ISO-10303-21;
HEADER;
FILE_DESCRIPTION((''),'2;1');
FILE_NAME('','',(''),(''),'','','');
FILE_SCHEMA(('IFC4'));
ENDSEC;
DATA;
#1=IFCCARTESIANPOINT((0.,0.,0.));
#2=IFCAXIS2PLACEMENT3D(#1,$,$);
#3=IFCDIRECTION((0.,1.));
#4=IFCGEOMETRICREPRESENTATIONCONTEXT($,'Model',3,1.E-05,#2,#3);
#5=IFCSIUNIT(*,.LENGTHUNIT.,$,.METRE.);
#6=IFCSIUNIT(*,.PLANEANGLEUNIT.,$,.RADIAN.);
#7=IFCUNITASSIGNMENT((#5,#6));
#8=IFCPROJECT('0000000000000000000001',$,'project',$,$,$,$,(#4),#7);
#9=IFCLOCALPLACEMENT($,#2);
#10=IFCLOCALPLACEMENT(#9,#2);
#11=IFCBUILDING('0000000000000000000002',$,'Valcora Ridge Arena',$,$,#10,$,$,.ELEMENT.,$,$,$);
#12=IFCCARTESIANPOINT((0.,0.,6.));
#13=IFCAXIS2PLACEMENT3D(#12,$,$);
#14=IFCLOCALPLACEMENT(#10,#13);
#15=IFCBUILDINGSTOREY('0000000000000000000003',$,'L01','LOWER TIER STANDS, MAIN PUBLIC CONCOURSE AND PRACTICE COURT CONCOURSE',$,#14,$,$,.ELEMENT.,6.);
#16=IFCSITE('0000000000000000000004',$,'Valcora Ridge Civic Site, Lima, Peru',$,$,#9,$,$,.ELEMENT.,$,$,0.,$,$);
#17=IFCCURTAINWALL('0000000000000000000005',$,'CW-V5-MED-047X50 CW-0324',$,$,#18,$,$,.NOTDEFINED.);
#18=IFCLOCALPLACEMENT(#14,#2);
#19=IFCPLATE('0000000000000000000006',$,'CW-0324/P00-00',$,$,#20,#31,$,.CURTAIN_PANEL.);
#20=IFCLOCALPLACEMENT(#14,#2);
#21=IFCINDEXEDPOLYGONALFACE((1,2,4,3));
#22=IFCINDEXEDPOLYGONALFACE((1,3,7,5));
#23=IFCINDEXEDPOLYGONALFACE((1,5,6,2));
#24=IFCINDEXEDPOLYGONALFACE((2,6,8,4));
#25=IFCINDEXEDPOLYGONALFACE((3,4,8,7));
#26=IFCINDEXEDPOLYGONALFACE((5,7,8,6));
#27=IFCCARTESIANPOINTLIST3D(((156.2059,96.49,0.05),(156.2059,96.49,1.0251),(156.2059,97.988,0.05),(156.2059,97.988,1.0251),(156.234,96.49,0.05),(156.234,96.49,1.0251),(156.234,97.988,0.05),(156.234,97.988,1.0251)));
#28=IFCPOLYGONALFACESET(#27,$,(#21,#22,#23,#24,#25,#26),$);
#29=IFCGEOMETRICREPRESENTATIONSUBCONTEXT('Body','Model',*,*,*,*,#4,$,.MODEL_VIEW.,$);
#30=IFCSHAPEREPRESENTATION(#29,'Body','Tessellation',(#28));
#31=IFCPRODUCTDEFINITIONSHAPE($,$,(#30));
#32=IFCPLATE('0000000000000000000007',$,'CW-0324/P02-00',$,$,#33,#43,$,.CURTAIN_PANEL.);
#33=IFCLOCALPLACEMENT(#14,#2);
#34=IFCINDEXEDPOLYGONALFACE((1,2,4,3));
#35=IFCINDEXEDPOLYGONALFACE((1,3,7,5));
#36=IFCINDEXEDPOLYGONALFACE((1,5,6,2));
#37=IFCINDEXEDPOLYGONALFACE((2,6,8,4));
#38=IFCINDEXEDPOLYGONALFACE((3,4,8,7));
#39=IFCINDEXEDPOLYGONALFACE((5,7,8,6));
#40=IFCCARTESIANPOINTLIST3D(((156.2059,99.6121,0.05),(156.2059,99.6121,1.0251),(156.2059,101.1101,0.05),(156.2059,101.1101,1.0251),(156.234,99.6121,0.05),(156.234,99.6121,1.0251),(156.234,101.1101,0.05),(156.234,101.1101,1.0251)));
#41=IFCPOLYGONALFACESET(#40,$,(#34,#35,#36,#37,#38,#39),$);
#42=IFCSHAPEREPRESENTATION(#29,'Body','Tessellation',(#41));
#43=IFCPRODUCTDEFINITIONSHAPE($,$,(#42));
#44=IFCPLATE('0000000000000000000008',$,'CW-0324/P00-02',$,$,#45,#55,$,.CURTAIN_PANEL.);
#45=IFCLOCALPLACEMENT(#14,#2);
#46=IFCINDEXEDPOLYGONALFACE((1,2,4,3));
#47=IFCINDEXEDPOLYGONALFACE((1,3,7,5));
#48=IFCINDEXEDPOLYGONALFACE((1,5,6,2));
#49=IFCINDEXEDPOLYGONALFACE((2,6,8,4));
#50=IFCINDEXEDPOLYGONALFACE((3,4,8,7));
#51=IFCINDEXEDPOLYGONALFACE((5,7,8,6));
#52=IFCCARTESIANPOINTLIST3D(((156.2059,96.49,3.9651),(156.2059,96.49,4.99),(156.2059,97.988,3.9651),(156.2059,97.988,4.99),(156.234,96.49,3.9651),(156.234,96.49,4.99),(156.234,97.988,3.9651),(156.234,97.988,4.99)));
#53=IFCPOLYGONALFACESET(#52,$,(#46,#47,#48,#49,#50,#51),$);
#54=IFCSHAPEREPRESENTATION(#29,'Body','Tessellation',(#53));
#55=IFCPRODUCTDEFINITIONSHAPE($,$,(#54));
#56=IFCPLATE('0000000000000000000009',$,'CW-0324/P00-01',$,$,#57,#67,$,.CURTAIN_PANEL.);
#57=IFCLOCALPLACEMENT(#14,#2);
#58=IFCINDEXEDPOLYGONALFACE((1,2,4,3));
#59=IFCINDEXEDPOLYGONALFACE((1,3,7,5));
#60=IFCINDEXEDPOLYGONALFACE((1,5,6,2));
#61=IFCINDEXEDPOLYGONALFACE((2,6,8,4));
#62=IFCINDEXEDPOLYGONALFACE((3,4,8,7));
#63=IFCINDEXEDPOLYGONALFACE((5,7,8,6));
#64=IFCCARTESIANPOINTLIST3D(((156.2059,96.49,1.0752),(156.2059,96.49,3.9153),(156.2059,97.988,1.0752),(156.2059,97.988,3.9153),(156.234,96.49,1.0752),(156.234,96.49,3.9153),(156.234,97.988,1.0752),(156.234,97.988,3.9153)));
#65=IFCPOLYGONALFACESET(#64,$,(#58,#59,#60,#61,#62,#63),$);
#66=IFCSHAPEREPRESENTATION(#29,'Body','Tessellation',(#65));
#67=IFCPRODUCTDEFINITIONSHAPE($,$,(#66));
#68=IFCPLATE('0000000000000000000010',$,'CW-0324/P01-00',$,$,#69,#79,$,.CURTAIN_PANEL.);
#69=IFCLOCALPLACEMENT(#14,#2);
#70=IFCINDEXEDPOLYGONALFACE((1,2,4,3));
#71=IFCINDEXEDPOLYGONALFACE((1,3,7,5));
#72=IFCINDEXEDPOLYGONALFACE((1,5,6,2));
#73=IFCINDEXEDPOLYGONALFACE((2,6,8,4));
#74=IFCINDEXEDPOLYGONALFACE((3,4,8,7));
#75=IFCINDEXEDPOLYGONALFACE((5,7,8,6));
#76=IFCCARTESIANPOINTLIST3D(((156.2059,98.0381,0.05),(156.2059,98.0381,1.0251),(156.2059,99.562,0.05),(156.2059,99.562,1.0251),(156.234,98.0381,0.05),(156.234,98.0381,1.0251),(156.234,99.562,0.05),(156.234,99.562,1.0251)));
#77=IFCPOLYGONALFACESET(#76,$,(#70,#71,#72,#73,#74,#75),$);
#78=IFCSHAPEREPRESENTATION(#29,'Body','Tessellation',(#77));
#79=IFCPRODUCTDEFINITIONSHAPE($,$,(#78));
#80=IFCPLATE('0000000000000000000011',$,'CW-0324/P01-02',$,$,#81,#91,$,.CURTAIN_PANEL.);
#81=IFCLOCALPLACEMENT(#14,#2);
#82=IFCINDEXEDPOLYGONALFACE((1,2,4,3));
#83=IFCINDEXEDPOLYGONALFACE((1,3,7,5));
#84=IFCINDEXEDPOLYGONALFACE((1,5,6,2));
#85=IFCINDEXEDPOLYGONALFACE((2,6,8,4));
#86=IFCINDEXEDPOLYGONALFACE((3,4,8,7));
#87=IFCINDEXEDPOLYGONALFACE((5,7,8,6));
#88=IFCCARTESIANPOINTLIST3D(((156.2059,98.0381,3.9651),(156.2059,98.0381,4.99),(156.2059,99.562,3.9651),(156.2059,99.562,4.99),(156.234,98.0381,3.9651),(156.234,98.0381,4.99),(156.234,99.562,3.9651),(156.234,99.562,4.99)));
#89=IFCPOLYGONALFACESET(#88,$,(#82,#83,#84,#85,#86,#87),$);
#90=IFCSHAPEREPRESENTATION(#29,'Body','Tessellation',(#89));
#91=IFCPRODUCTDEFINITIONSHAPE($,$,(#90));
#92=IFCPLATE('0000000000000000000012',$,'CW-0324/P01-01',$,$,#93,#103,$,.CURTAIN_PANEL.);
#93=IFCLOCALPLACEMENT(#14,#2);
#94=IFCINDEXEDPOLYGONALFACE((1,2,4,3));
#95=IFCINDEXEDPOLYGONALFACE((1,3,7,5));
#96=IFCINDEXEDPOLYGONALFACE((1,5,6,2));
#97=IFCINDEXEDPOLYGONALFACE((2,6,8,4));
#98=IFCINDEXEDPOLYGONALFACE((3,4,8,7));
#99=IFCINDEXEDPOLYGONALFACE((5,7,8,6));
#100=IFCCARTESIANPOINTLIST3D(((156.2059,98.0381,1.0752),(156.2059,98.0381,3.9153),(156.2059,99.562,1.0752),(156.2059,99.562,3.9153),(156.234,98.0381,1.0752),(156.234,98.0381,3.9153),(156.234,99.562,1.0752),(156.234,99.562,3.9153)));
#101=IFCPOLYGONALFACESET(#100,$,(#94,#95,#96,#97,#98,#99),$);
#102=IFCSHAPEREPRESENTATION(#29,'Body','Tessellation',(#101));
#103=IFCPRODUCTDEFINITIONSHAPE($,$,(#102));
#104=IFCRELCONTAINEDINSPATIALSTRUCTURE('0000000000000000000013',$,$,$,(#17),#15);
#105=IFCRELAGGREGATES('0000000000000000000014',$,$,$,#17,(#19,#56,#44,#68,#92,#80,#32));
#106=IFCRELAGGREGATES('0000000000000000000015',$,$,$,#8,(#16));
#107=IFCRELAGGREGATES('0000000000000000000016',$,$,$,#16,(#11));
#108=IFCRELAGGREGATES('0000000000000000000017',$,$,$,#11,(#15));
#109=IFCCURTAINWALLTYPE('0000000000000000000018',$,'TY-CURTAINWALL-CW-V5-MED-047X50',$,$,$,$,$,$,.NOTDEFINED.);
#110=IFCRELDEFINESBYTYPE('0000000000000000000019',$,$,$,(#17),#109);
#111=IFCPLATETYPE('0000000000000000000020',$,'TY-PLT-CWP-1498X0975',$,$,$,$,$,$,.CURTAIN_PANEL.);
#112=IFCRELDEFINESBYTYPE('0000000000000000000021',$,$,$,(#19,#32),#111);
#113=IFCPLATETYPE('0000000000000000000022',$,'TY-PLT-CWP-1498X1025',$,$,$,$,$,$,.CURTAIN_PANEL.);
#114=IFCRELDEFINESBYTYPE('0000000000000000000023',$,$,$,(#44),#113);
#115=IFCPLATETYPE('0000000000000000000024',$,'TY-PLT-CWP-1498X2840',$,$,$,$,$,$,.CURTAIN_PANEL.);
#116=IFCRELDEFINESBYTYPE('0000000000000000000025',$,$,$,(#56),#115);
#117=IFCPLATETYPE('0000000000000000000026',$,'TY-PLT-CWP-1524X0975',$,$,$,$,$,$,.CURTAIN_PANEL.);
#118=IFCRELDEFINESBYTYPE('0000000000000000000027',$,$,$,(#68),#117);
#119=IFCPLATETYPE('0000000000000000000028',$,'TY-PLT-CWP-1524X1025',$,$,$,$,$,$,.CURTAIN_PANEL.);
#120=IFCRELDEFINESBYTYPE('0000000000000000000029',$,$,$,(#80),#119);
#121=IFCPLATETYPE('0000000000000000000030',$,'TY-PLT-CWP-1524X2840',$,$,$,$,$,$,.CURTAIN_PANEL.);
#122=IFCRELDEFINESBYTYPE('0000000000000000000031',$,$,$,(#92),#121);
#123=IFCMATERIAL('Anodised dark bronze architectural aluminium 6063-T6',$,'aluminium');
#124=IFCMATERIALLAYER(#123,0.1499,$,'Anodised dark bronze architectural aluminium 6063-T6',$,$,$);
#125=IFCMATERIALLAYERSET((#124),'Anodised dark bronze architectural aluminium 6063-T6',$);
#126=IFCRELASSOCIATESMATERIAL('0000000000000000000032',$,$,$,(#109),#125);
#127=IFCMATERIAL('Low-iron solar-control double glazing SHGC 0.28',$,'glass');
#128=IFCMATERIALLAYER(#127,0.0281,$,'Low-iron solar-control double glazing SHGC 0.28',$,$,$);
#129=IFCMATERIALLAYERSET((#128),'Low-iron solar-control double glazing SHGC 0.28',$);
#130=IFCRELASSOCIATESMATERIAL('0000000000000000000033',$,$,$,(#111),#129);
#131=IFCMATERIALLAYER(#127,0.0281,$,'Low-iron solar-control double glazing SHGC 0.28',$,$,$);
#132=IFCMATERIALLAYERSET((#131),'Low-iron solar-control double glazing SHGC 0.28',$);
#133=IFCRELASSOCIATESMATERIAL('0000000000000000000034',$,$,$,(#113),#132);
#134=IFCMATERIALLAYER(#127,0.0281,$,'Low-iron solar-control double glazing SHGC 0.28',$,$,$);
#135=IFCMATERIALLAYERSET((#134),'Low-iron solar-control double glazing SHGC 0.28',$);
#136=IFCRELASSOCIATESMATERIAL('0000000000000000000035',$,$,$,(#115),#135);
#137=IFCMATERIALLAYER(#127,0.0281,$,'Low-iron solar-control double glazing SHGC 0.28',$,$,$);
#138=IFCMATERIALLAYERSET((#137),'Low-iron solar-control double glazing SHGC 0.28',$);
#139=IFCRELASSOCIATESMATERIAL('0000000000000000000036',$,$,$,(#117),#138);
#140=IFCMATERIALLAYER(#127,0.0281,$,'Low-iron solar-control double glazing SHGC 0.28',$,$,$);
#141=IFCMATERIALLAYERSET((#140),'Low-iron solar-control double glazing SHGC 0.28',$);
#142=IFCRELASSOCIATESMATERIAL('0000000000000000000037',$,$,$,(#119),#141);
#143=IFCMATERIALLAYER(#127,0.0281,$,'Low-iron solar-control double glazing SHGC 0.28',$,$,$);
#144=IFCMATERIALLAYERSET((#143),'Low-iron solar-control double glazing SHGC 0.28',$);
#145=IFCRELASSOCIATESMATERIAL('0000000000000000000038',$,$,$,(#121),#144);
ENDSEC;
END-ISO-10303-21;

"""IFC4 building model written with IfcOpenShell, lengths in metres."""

from ifc_helpers import new_model, si_unit, direction, frame, origin, origin_2d, place, context, subcontext, project, spatial, rectangle, extrude, material, layer, layer_set, type_object, element, aggregate, save


model = new_model("IFC4")

# Units and contexts
model_context = context("Model", 3, precision=1e-05, world=origin(), true_north=direction((0.0, 1.0)))
body_context = subcontext(model_context, "Body", "Model", "MODEL_VIEW")
ifc_project = project(units=[si_unit("LENGTHUNIT", "METRE"), si_unit("PLANEANGLEUNIT", "RADIAN")], contexts=[model_context])

# Site, building, storey
site_placement = place(None, origin())
site = spatial("IfcSite", under=ifc_project, at=site_placement, Name="Valcora Ridge Civic Site, Lima, Peru", CompositionType="ELEMENT", RefElevation=0.0)
building_placement = place(site_placement, origin())
building = spatial("IfcBuilding", under=site, at=building_placement, Name="Valcora Ridge Arena", CompositionType="ELEMENT")
storey_placement = place(building_placement, frame((0.0, 0.0, 6.0)))
storey = spatial("IfcBuildingStorey", under=building, at=storey_placement, Name="L01", Description="LOWER TIER STANDS, MAIN PUBLIC CONCOURSE AND PRACTICE COURT CONCOURSE", CompositionType="ELEMENT", Elevation=6.0)

# Curtain wall, plates
ifc_material_1 = material(Name="Anodised dark bronze architectural aluminium 6063-T6", Category="aluminium")
ifc_layer_1 = layer(ifc_material_1, 0.1499, Name="Anodised dark bronze architectural aluminium 6063-T6")
ifc_layer_set_1 = layer_set([ifc_layer_1], Name="Anodised dark bronze architectural aluminium 6063-T6")
curtain_wall_type = type_object("IfcCurtainWallType", Name="TY-CURTAINWALL-CW-V5-MED-047X50", PredefinedType="NOTDEFINED", material=ifc_layer_set_1)
curtain_wall_placement = place(storey_placement, origin())
curtain_wall = element("IfcCurtainWall", 1, at=curtain_wall_placement, inside=storey, type_object=curtain_wall_type, Name="CW-V5-MED-047X50 CW-0324", PredefinedType="NOTDEFINED")
ifc_material_2 = material(Name="Low-iron solar-control double glazing SHGC 0.28", Category="glass")
ifc_layer_2 = layer(ifc_material_2, 0.0281, Name="Low-iron solar-control double glazing SHGC 0.28")
ifc_layer_set_2 = layer_set([ifc_layer_2], Name="Low-iron solar-control double glazing SHGC 0.28")
plate_type_1 = type_object("IfcPlateType", Name="TY-PLT-CWP-1498X0975", PredefinedType="CURTAIN_PANEL", material=ifc_layer_set_2)
plate_1_placement = place(storey_placement, frame((156.22, 97.239, 0.05), z_axis=(0.0, 0.0, 1.0), x_axis=(0.0, 1.0, 0.0)))
plate_1 = element("IfcPlate", 2, at=plate_1_placement, type_object=plate_type_1, Name="CW-0324/P00-00", PredefinedType="CURTAIN_PANEL", context=body_context, shape_type="SweptSolid", body=[
    extrude(rectangle(XDim=1.498, YDim=0.0281, at=origin_2d()), origin(), (0.0, 0.0, 1.0), 0.9751),
])
plate_2_placement = place(storey_placement, frame((156.22, 100.3611, 0.05), z_axis=(0.0, 0.0, 1.0), x_axis=(0.0, 1.0, 0.0)))
plate_2 = element("IfcPlate", 3, at=plate_2_placement, type_object=plate_type_1, Name="CW-0324/P02-00", PredefinedType="CURTAIN_PANEL", context=body_context, shape_type="SweptSolid", body=[
    extrude(rectangle(XDim=1.498, YDim=0.0281, at=origin_2d()), origin(), (0.0, 0.0, 1.0), 0.9751),
])
ifc_layer_3 = layer(ifc_material_2, 0.0281, Name="Low-iron solar-control double glazing SHGC 0.28")
ifc_layer_set_3 = layer_set([ifc_layer_3], Name="Low-iron solar-control double glazing SHGC 0.28")
plate_type_2 = type_object("IfcPlateType", Name="TY-PLT-CWP-1498X1025", PredefinedType="CURTAIN_PANEL", material=ifc_layer_set_3)
plate_3_placement = place(storey_placement, frame((156.22, 97.239, 3.9651), z_axis=(0.0, 0.0, 1.0), x_axis=(0.0, 1.0, 0.0)))
plate_3 = element("IfcPlate", 4, at=plate_3_placement, type_object=plate_type_2, Name="CW-0324/P00-02", PredefinedType="CURTAIN_PANEL", context=body_context, shape_type="SweptSolid", body=[
    extrude(rectangle(XDim=1.498, YDim=0.0281, at=origin_2d()), origin(), (0.0, 0.0, 1.0), 1.0249),
])
ifc_layer_4 = layer(ifc_material_2, 0.0281, Name="Low-iron solar-control double glazing SHGC 0.28")
ifc_layer_set_4 = layer_set([ifc_layer_4], Name="Low-iron solar-control double glazing SHGC 0.28")
plate_type_3 = type_object("IfcPlateType", Name="TY-PLT-CWP-1498X2840", PredefinedType="CURTAIN_PANEL", material=ifc_layer_set_4)
plate_4_placement = place(storey_placement, frame((156.22, 97.239, 1.0752), z_axis=(0.0, 0.0, 1.0), x_axis=(0.0, 1.0, 0.0)))
plate_4 = element("IfcPlate", 5, at=plate_4_placement, type_object=plate_type_3, Name="CW-0324/P00-01", PredefinedType="CURTAIN_PANEL", context=body_context, shape_type="SweptSolid", body=[
    extrude(rectangle(XDim=1.498, YDim=0.0281, at=origin_2d()), origin(), (0.0, 0.0, 1.0), 2.8401),
])
ifc_layer_5 = layer(ifc_material_2, 0.0281, Name="Low-iron solar-control double glazing SHGC 0.28")
ifc_layer_set_5 = layer_set([ifc_layer_5], Name="Low-iron solar-control double glazing SHGC 0.28")
plate_type_4 = type_object("IfcPlateType", Name="TY-PLT-CWP-1524X0975", PredefinedType="CURTAIN_PANEL", material=ifc_layer_set_5)
plate_5_placement = place(storey_placement, frame((156.22, 98.8, 0.05), z_axis=(0.0, 0.0, 1.0), x_axis=(0.0, 1.0, 0.0)))
plate_5 = element("IfcPlate", 6, at=plate_5_placement, type_object=plate_type_4, Name="CW-0324/P01-00", PredefinedType="CURTAIN_PANEL", context=body_context, shape_type="SweptSolid", body=[
    extrude(rectangle(XDim=1.5239, YDim=0.0281, at=origin_2d()), origin(), (0.0, 0.0, 1.0), 0.9751),
])
ifc_layer_6 = layer(ifc_material_2, 0.0281, Name="Low-iron solar-control double glazing SHGC 0.28")
ifc_layer_set_6 = layer_set([ifc_layer_6], Name="Low-iron solar-control double glazing SHGC 0.28")
plate_type_5 = type_object("IfcPlateType", Name="TY-PLT-CWP-1524X1025", PredefinedType="CURTAIN_PANEL", material=ifc_layer_set_6)
plate_6_placement = place(storey_placement, frame((156.22, 98.8, 3.9651), z_axis=(0.0, 0.0, 1.0), x_axis=(0.0, 1.0, 0.0)))
plate_6 = element("IfcPlate", 7, at=plate_6_placement, type_object=plate_type_5, Name="CW-0324/P01-02", PredefinedType="CURTAIN_PANEL", context=body_context, shape_type="SweptSolid", body=[
    extrude(rectangle(XDim=1.5239, YDim=0.0281, at=origin_2d()), origin(), (0.0, 0.0, 1.0), 1.0249),
])
ifc_layer_7 = layer(ifc_material_2, 0.0281, Name="Low-iron solar-control double glazing SHGC 0.28")
ifc_layer_set_7 = layer_set([ifc_layer_7], Name="Low-iron solar-control double glazing SHGC 0.28")
plate_type_6 = type_object("IfcPlateType", Name="TY-PLT-CWP-1524X2840", PredefinedType="CURTAIN_PANEL", material=ifc_layer_set_7)
plate_7_placement = place(storey_placement, frame((156.22, 98.8, 1.0752), z_axis=(0.0, 0.0, 1.0), x_axis=(0.0, 1.0, 0.0)))
plate_7 = element("IfcPlate", 8, at=plate_7_placement, type_object=plate_type_6, Name="CW-0324/P01-01", PredefinedType="CURTAIN_PANEL", context=body_context, shape_type="SweptSolid", body=[
    extrude(rectangle(XDim=1.5239, YDim=0.0281, at=origin_2d()), origin(), (0.0, 0.0, 1.0), 2.8401),
])
aggregate(curtain_wall, [plate_1, plate_4, plate_3, plate_5, plate_7, plate_6, plate_2])

save(model, "model.ifc")
